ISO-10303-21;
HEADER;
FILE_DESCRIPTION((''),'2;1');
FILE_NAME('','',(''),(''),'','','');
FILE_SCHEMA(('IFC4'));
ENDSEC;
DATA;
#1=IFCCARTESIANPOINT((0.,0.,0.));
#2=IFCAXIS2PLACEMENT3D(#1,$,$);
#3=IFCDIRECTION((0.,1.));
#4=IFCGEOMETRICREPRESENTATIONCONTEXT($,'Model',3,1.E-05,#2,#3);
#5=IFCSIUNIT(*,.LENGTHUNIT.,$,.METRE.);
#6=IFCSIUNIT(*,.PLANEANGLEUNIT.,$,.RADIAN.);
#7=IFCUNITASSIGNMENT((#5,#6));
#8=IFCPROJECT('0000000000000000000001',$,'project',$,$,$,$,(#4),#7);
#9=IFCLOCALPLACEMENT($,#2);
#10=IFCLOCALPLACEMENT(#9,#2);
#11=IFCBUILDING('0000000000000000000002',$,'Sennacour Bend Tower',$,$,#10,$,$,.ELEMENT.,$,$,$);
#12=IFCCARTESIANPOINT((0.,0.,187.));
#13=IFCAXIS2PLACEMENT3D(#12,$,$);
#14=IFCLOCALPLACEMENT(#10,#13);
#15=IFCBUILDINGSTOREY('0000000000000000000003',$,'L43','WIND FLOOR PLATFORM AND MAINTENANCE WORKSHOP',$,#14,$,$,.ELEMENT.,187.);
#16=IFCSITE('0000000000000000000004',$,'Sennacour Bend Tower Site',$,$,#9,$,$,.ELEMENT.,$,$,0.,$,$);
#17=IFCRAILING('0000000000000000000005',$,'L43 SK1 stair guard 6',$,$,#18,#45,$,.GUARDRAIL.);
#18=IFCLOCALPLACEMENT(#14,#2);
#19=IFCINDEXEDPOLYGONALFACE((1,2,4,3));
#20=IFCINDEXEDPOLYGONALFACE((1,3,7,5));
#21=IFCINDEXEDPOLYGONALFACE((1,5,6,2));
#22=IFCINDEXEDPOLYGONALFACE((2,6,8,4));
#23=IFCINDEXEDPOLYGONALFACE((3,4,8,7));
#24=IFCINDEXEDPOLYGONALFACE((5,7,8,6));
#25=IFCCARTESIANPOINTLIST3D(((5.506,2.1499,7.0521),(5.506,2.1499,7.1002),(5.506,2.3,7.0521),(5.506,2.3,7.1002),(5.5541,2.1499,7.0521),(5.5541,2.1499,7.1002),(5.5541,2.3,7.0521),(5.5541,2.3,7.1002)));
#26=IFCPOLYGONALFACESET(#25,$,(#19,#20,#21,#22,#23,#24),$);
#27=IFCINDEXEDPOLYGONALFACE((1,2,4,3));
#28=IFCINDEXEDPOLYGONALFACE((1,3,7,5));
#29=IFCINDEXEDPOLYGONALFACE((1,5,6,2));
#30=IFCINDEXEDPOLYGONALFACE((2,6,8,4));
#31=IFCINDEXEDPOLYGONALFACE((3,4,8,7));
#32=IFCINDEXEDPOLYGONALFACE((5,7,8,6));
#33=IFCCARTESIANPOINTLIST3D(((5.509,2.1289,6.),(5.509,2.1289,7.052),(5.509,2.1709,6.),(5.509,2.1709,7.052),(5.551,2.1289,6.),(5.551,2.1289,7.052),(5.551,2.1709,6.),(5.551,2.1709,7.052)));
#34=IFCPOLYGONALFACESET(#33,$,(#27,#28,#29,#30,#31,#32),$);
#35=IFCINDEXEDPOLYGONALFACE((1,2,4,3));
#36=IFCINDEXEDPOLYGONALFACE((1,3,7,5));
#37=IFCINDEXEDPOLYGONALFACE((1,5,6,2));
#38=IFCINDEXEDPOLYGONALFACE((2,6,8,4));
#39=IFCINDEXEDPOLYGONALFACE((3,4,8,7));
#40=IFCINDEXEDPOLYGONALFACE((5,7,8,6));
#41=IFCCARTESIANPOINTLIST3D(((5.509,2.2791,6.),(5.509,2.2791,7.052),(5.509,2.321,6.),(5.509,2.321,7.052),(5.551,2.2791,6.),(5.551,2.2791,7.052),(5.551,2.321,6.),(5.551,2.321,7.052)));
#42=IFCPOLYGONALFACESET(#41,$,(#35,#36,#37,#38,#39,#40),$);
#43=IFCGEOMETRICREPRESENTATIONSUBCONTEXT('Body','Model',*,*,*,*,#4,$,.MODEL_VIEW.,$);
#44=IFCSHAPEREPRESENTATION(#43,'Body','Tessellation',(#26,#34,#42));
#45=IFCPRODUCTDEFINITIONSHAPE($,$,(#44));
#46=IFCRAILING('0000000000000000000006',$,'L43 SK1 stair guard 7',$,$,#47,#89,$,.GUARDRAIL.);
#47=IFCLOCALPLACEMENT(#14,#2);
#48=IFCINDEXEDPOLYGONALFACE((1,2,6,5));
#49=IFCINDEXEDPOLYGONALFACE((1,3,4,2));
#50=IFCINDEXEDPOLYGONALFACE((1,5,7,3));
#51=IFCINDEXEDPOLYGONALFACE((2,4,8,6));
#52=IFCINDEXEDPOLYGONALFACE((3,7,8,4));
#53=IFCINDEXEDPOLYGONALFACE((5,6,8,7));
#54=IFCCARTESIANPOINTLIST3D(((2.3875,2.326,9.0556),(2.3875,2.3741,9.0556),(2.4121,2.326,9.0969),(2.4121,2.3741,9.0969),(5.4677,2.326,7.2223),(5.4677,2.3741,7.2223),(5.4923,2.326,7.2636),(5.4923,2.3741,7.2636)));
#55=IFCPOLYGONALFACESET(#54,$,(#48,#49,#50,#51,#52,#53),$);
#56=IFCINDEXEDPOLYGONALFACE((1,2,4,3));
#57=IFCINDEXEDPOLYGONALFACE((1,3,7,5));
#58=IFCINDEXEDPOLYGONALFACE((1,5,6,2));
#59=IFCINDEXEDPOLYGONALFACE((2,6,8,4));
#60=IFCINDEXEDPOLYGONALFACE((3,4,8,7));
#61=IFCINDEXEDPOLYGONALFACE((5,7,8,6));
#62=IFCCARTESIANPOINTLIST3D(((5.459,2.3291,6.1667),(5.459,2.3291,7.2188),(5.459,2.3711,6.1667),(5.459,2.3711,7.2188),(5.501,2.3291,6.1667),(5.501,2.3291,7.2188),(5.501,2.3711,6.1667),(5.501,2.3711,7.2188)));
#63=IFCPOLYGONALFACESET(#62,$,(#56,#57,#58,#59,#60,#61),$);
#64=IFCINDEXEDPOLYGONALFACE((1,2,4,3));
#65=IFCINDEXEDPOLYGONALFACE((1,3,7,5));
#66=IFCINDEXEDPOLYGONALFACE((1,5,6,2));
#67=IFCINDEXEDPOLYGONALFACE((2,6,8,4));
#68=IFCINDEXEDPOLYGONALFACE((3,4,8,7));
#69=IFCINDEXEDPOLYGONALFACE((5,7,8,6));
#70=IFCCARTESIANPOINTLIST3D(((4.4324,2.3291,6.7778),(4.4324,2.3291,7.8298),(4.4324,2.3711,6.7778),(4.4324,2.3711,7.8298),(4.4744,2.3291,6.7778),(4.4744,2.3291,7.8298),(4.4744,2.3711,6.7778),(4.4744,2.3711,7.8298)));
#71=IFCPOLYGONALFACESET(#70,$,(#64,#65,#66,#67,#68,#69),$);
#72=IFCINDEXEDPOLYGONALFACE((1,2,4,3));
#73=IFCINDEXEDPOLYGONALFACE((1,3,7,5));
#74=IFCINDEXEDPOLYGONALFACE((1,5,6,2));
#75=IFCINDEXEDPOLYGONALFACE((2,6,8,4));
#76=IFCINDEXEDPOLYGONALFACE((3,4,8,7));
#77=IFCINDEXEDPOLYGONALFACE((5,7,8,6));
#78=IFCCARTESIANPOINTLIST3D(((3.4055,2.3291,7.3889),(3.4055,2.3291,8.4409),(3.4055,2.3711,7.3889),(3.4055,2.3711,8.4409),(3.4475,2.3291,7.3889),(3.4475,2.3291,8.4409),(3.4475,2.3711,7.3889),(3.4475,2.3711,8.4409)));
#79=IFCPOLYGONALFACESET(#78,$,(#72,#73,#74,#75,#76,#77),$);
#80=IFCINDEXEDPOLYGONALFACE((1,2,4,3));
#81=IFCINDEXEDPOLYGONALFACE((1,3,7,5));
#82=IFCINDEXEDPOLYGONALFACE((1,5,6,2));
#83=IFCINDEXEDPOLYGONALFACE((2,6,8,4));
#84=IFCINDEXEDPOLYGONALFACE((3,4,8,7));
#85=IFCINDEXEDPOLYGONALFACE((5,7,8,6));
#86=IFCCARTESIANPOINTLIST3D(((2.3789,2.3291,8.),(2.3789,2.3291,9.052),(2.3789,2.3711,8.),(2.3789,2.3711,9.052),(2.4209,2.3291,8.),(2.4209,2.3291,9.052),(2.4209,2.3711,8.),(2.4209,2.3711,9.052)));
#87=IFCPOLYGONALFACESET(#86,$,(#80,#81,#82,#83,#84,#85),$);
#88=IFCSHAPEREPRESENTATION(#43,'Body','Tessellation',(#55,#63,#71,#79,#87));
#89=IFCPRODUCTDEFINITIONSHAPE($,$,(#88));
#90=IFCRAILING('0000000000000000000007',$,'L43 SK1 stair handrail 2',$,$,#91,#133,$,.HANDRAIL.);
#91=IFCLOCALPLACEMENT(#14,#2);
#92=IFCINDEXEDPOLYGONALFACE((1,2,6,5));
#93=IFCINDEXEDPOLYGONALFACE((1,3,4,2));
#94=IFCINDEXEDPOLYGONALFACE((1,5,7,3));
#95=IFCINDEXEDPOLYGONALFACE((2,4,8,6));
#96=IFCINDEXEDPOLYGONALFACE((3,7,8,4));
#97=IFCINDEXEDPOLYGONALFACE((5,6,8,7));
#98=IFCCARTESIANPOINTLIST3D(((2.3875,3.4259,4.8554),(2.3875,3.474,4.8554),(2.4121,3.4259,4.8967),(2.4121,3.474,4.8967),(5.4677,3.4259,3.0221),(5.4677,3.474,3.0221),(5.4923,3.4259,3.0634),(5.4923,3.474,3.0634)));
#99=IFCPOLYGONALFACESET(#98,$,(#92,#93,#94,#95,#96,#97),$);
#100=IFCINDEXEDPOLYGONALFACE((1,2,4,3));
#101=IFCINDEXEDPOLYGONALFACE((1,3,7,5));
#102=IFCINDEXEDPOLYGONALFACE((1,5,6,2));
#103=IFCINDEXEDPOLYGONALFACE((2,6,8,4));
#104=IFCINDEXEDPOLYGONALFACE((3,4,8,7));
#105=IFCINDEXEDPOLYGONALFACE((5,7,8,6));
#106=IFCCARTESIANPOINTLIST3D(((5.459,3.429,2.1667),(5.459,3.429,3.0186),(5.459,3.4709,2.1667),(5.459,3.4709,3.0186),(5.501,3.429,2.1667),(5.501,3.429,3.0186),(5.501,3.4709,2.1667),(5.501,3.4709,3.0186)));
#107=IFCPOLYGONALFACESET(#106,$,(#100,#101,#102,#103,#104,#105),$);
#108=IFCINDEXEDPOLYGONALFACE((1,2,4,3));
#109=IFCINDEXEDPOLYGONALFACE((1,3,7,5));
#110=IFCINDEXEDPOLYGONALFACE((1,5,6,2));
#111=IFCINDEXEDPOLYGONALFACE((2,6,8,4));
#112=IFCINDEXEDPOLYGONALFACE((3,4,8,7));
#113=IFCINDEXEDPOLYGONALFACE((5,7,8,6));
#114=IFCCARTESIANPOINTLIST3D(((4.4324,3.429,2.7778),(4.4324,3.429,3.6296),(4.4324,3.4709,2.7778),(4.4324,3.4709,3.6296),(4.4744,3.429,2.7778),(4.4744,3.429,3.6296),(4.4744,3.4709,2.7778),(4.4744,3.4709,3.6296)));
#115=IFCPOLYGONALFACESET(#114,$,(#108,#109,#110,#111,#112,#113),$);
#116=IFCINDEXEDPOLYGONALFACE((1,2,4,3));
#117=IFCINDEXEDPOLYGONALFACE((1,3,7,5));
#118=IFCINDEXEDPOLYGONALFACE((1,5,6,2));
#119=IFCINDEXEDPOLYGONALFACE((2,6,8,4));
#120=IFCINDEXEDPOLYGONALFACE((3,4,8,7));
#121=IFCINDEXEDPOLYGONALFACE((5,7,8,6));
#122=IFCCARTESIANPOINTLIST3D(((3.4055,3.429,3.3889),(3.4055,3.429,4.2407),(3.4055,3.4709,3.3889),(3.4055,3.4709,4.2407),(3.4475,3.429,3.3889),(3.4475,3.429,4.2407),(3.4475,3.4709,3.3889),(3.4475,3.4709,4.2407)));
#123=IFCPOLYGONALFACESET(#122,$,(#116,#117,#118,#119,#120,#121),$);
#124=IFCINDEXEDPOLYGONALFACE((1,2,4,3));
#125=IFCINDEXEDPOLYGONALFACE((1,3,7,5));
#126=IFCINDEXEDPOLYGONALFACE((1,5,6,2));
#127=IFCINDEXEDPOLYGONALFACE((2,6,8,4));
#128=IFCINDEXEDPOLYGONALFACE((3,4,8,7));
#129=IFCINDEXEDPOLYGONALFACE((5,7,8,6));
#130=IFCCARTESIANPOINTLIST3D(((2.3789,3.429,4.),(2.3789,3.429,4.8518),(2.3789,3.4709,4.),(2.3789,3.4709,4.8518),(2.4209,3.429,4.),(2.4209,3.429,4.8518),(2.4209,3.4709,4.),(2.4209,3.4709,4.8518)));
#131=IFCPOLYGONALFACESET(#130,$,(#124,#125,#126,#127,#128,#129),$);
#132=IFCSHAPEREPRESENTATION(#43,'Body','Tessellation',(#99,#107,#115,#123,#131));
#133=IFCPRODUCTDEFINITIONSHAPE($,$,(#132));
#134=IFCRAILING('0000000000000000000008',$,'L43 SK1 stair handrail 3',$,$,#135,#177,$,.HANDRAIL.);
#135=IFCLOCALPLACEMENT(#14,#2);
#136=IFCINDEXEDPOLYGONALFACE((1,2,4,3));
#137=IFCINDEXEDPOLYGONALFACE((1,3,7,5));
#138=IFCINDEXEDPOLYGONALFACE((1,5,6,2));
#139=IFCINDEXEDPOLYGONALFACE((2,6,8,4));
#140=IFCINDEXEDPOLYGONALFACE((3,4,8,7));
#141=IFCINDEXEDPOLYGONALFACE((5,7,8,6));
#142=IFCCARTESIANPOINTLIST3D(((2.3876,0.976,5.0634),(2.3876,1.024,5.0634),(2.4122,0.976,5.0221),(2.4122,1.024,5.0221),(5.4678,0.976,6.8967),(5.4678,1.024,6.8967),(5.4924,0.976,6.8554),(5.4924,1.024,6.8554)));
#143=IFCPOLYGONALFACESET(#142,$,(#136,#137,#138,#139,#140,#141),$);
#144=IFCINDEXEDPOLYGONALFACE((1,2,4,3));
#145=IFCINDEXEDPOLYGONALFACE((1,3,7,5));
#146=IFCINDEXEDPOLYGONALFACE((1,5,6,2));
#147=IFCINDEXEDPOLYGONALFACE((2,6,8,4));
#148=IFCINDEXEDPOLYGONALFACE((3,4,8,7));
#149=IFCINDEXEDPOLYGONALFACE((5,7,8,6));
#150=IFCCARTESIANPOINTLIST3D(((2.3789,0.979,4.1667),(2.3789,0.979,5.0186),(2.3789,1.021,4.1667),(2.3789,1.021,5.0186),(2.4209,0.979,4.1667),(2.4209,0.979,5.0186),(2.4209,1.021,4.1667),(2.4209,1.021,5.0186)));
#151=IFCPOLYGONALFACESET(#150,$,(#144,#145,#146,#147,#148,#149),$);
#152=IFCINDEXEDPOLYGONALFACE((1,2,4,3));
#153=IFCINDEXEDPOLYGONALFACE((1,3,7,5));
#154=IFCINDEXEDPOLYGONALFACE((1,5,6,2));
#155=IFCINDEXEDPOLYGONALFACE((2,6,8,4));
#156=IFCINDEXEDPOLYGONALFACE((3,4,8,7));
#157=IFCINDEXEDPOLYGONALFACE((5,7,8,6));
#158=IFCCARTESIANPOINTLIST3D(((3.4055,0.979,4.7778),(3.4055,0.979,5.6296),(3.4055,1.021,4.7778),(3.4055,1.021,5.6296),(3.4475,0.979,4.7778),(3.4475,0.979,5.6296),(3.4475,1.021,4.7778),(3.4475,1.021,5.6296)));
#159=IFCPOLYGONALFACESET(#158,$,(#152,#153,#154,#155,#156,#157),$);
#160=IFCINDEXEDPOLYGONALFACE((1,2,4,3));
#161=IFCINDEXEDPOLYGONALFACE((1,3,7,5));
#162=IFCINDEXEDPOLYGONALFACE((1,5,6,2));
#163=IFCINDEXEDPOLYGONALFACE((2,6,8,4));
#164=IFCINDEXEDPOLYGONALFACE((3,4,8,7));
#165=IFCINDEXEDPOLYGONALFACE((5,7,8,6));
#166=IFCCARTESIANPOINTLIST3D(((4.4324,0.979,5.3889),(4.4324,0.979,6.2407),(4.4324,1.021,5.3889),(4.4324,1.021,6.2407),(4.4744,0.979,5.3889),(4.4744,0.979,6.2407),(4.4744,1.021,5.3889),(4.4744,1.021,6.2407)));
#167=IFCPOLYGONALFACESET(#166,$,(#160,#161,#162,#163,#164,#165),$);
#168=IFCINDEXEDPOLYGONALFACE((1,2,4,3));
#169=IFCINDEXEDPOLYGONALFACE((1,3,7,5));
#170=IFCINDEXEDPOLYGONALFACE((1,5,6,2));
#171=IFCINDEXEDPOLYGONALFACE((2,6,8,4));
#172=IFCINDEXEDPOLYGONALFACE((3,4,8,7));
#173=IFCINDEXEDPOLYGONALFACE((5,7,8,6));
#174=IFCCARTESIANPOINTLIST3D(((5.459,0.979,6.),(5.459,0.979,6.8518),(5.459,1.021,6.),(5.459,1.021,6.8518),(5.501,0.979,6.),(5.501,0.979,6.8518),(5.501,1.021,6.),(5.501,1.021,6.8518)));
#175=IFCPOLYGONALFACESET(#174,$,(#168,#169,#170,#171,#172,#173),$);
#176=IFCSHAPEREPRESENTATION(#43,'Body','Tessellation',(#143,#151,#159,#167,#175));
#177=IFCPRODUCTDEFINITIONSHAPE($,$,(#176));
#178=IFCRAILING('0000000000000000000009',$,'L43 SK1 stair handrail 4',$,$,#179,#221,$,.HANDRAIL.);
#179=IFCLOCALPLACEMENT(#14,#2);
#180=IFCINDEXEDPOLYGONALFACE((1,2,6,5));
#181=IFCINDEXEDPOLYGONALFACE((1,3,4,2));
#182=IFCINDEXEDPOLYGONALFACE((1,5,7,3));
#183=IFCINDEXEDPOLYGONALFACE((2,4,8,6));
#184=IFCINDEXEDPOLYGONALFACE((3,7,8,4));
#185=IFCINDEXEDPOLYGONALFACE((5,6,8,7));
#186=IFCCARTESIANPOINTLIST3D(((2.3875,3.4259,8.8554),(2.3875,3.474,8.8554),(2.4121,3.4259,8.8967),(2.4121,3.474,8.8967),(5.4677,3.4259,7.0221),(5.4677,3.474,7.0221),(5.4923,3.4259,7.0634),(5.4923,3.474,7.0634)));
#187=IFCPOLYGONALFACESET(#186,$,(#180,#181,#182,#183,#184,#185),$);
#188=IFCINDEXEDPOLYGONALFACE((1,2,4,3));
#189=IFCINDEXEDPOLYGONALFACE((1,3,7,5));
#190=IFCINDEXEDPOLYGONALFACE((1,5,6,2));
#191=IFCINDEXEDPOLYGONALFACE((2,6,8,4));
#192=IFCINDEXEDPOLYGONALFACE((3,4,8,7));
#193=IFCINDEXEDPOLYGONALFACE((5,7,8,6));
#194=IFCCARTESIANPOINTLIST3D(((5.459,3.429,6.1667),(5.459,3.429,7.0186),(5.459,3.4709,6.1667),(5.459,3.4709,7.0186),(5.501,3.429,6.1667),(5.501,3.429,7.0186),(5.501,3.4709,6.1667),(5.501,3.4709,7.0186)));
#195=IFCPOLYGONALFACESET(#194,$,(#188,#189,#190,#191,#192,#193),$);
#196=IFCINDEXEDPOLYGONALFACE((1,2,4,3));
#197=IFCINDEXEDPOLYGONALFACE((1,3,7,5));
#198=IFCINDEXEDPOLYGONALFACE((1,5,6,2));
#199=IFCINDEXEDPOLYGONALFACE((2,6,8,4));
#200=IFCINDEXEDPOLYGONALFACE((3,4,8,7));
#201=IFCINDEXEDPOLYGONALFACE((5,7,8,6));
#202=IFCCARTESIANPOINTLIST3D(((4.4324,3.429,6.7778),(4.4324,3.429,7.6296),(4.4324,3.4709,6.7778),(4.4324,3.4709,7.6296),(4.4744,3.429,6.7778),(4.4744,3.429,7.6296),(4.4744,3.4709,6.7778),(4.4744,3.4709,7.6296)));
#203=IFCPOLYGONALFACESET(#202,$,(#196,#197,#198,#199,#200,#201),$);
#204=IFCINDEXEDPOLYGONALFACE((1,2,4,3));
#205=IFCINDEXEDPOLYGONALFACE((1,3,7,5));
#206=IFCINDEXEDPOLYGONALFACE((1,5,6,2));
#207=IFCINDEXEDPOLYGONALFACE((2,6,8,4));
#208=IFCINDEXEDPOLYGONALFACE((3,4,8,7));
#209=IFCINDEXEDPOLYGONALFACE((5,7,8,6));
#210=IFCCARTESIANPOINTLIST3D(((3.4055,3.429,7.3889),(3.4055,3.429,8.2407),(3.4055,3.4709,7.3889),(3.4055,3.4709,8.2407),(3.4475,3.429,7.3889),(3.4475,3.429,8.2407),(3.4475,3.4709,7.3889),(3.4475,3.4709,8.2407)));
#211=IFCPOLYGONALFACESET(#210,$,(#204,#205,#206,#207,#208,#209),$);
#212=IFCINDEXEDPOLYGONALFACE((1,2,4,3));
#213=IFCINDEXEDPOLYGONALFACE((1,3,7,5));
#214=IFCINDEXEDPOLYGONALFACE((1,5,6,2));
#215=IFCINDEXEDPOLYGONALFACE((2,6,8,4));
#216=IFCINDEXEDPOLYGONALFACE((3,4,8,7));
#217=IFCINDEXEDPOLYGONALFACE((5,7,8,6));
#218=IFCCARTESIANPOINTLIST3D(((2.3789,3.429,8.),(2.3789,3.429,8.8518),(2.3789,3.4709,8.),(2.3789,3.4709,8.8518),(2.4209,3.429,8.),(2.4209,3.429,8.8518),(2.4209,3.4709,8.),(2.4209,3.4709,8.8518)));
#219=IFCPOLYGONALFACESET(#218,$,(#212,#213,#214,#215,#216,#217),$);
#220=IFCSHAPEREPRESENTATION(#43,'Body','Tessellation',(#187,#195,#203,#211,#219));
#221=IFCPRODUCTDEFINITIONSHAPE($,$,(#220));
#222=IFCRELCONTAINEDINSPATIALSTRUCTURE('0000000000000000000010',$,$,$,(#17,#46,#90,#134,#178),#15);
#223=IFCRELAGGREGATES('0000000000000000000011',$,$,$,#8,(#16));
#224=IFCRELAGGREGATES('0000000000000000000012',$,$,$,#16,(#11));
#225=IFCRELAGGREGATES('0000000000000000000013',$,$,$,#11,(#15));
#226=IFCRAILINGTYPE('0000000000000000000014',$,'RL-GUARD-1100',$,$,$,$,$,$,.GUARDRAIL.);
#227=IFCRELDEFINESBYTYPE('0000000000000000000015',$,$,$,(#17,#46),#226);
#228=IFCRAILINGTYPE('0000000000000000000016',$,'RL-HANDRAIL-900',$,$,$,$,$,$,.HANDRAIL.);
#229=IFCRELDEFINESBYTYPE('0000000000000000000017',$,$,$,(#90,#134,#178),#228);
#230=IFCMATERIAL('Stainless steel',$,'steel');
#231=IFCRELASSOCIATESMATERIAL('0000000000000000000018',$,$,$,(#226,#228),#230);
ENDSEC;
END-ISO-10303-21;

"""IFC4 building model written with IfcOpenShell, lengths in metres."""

from ifc_helpers import new_model, si_unit, direction, frame, origin, origin_2d, place, context, subcontext, project, spatial, rectangle, extrude, material, type_object, element, save


model = new_model("IFC4")

# Units and contexts
model_context = context("Model", 3, precision=1e-05, world=origin(), true_north=direction((0.0, 1.0)))
body_context = subcontext(model_context, "Body", "Model", "MODEL_VIEW")
ifc_project = project(units=[si_unit("LENGTHUNIT", "METRE"), si_unit("PLANEANGLEUNIT", "RADIAN")], contexts=[model_context])

# Site, building, storey
site_placement = place(None, origin())
site = spatial("IfcSite", under=ifc_project, at=site_placement, Name="Sennacour Bend Tower Site", CompositionType="ELEMENT", RefElevation=0.0)
building_placement = place(site_placement, origin())
building = spatial("IfcBuilding", under=site, at=building_placement, Name="Sennacour Bend Tower", CompositionType="ELEMENT")
storey_placement = place(building_placement, frame((0.0, 0.0, 187.0)))
storey = spatial("IfcBuildingStorey", under=building, at=storey_placement, Name="L43", Description="WIND FLOOR PLATFORM AND MAINTENANCE WORKSHOP", CompositionType="ELEMENT", Elevation=187.0)

# Railings
ifc_material_1 = material(Name="Stainless steel", Category="steel")
railing_type_1 = type_object("IfcRailingType", Name="RL-GUARD-1100", PredefinedType="GUARDRAIL", material=ifc_material_1)
railing_1_placement = place(storey_placement, frame((5.53, 2.1499, 6.0)))
element("IfcRailing", 1, at=railing_1_placement, inside=storey, type_object=railing_type_1, Name="L43 SK1 stair guard 6", PredefinedType="GUARDRAIL", context=body_context, shape_type="SweptSolid", body=[
    extrude(rectangle(XDim=0.0481, YDim=0.0481, at=origin_2d()), frame((0.0, 0.0, 1.0762), z_axis=(0.0, 1.0, 0.0), x_axis=(-1.0, 0.0, 0.0)), (0.0, 0.0, 1.0), 0.1501),
    extrude(rectangle(XDim=0.042, YDim=0.042, at=origin_2d()), origin(), (0.0, 0.0, 1.0), 1.052),
    extrude(rectangle(XDim=0.042, YDim=0.042, at=origin_2d()), frame((0.0, 0.1501, 0.0)), (0.0, 0.0, 1.0), 1.052),
])
railing_2_placement = place(storey_placement, frame((5.48, 2.3501, 6.1667)))
element("IfcRailing", 2, at=railing_2_placement, inside=storey, type_object=railing_type_1, Name="L43 SK1 stair guard 7", PredefinedType="GUARDRAIL", context=body_context, shape_type="SweptSolid", body=[
    extrude(rectangle(XDim=0.0481, YDim=0.0481, at=origin_2d()), frame((0.0, 0.0, 1.0762), z_axis=(-0.859309, 0.0, 0.511458), x_axis=(0.0, -1.0, 0.0)), (0.0, 0.0, 1.0), 3.5845),
    extrude(rectangle(XDim=0.042, YDim=0.042, at=origin_2d()), origin(), (0.0, 0.0, 1.0), 1.052),
    extrude(rectangle(XDim=0.042, YDim=0.042, at=origin_2d()), frame((-1.0266, 0.0, 0.6111)), (0.0, 0.0, 1.0), 1.052),
    extrude(rectangle(XDim=0.042, YDim=0.042, at=origin_2d()), frame((-2.0535, 0.0, 1.2222)), (0.0, 0.0, 1.0), 1.052),
    extrude(rectangle(XDim=0.042, YDim=0.042, at=origin_2d()), frame((-3.0801, 0.0, 1.8333)), (0.0, 0.0, 1.0), 1.052),
])
railing_type_2 = type_object("IfcRailingType", Name="RL-HANDRAIL-900", PredefinedType="HANDRAIL", material=ifc_material_1)
railing_3_placement = place(storey_placement, frame((5.48, 3.45, 2.1667)))
element("IfcRailing", 3, at=railing_3_placement, inside=storey, type_object=railing_type_2, Name="L43 SK1 stair handrail 2", PredefinedType="HANDRAIL", context=body_context, shape_type="SweptSolid", body=[
    extrude(rectangle(XDim=0.0481, YDim=0.0481, at=origin_2d()), frame((0.0, 0.0, 0.876), z_axis=(-0.859309, 0.0, 0.511458), x_axis=(0.0, -1.0, 0.0)), (0.0, 0.0, 1.0), 3.5845),
    extrude(rectangle(XDim=0.042, YDim=0.042, at=origin_2d()), origin(), (0.0, 0.0, 1.0), 0.8518),
    extrude(rectangle(XDim=0.042, YDim=0.042, at=origin_2d()), frame((-1.0266, 0.0, 0.6111)), (0.0, 0.0, 1.0), 0.8518),
    extrude(rectangle(XDim=0.042, YDim=0.042, at=origin_2d()), frame((-2.0535, 0.0, 1.2222)), (0.0, 0.0, 1.0), 0.8518),
    extrude(rectangle(XDim=0.042, YDim=0.042, at=origin_2d()), frame((-3.0801, 0.0, 1.8333)), (0.0, 0.0, 1.0), 0.8518),
])
railing_4_placement = place(storey_placement, frame((2.3999, 1.0, 4.1667)))
element("IfcRailing", 4, at=railing_4_placement, inside=storey, type_object=railing_type_2, Name="L43 SK1 stair handrail 3", PredefinedType="HANDRAIL", context=body_context, shape_type="SweptSolid", body=[
    extrude(rectangle(XDim=0.0481, YDim=0.0481, at=origin_2d()), frame((0.0, 0.0, 0.876), z_axis=(0.859309, 0.0, 0.511458), x_axis=(0.0, 1.0, 0.0)), (0.0, 0.0, 1.0), 3.5845),
    extrude(rectangle(XDim=0.042, YDim=0.042, at=origin_2d()), origin(), (0.0, 0.0, 1.0), 0.8518),
    extrude(rectangle(XDim=0.042, YDim=0.042, at=origin_2d()), frame((1.0266, 0.0, 0.6111)), (0.0, 0.0, 1.0), 0.8518),
    extrude(rectangle(XDim=0.042, YDim=0.042, at=origin_2d()), frame((2.0535, 0.0, 1.2222)), (0.0, 0.0, 1.0), 0.8518),
    extrude(rectangle(XDim=0.042, YDim=0.042, at=origin_2d()), frame((3.0801, 0.0, 1.8333)), (0.0, 0.0, 1.0), 0.8518),
])
railing_5_placement = place(storey_placement, frame((5.48, 3.45, 6.1667)))
element("IfcRailing", 5, at=railing_5_placement, inside=storey, type_object=railing_type_2, Name="L43 SK1 stair handrail 4", PredefinedType="HANDRAIL", context=body_context, shape_type="SweptSolid", body=[
    extrude(rectangle(XDim=0.0481, YDim=0.0481, at=origin_2d()), frame((0.0, 0.0, 0.876), z_axis=(-0.859309, 0.0, 0.511458), x_axis=(0.0, -1.0, 0.0)), (0.0, 0.0, 1.0), 3.5845),
    extrude(rectangle(XDim=0.042, YDim=0.042, at=origin_2d()), origin(), (0.0, 0.0, 1.0), 0.8518),
    extrude(rectangle(XDim=0.042, YDim=0.042, at=origin_2d()), frame((-1.0266, 0.0, 0.6111)), (0.0, 0.0, 1.0), 0.8518),
    extrude(rectangle(XDim=0.042, YDim=0.042, at=origin_2d()), frame((-2.0535, 0.0, 1.2222)), (0.0, 0.0, 1.0), 0.8518),
    extrude(rectangle(XDim=0.042, YDim=0.042, at=origin_2d()), frame((-3.0801, 0.0, 1.8333)), (0.0, 0.0, 1.0), 0.8518),
])

save(model, "model.ifc")
